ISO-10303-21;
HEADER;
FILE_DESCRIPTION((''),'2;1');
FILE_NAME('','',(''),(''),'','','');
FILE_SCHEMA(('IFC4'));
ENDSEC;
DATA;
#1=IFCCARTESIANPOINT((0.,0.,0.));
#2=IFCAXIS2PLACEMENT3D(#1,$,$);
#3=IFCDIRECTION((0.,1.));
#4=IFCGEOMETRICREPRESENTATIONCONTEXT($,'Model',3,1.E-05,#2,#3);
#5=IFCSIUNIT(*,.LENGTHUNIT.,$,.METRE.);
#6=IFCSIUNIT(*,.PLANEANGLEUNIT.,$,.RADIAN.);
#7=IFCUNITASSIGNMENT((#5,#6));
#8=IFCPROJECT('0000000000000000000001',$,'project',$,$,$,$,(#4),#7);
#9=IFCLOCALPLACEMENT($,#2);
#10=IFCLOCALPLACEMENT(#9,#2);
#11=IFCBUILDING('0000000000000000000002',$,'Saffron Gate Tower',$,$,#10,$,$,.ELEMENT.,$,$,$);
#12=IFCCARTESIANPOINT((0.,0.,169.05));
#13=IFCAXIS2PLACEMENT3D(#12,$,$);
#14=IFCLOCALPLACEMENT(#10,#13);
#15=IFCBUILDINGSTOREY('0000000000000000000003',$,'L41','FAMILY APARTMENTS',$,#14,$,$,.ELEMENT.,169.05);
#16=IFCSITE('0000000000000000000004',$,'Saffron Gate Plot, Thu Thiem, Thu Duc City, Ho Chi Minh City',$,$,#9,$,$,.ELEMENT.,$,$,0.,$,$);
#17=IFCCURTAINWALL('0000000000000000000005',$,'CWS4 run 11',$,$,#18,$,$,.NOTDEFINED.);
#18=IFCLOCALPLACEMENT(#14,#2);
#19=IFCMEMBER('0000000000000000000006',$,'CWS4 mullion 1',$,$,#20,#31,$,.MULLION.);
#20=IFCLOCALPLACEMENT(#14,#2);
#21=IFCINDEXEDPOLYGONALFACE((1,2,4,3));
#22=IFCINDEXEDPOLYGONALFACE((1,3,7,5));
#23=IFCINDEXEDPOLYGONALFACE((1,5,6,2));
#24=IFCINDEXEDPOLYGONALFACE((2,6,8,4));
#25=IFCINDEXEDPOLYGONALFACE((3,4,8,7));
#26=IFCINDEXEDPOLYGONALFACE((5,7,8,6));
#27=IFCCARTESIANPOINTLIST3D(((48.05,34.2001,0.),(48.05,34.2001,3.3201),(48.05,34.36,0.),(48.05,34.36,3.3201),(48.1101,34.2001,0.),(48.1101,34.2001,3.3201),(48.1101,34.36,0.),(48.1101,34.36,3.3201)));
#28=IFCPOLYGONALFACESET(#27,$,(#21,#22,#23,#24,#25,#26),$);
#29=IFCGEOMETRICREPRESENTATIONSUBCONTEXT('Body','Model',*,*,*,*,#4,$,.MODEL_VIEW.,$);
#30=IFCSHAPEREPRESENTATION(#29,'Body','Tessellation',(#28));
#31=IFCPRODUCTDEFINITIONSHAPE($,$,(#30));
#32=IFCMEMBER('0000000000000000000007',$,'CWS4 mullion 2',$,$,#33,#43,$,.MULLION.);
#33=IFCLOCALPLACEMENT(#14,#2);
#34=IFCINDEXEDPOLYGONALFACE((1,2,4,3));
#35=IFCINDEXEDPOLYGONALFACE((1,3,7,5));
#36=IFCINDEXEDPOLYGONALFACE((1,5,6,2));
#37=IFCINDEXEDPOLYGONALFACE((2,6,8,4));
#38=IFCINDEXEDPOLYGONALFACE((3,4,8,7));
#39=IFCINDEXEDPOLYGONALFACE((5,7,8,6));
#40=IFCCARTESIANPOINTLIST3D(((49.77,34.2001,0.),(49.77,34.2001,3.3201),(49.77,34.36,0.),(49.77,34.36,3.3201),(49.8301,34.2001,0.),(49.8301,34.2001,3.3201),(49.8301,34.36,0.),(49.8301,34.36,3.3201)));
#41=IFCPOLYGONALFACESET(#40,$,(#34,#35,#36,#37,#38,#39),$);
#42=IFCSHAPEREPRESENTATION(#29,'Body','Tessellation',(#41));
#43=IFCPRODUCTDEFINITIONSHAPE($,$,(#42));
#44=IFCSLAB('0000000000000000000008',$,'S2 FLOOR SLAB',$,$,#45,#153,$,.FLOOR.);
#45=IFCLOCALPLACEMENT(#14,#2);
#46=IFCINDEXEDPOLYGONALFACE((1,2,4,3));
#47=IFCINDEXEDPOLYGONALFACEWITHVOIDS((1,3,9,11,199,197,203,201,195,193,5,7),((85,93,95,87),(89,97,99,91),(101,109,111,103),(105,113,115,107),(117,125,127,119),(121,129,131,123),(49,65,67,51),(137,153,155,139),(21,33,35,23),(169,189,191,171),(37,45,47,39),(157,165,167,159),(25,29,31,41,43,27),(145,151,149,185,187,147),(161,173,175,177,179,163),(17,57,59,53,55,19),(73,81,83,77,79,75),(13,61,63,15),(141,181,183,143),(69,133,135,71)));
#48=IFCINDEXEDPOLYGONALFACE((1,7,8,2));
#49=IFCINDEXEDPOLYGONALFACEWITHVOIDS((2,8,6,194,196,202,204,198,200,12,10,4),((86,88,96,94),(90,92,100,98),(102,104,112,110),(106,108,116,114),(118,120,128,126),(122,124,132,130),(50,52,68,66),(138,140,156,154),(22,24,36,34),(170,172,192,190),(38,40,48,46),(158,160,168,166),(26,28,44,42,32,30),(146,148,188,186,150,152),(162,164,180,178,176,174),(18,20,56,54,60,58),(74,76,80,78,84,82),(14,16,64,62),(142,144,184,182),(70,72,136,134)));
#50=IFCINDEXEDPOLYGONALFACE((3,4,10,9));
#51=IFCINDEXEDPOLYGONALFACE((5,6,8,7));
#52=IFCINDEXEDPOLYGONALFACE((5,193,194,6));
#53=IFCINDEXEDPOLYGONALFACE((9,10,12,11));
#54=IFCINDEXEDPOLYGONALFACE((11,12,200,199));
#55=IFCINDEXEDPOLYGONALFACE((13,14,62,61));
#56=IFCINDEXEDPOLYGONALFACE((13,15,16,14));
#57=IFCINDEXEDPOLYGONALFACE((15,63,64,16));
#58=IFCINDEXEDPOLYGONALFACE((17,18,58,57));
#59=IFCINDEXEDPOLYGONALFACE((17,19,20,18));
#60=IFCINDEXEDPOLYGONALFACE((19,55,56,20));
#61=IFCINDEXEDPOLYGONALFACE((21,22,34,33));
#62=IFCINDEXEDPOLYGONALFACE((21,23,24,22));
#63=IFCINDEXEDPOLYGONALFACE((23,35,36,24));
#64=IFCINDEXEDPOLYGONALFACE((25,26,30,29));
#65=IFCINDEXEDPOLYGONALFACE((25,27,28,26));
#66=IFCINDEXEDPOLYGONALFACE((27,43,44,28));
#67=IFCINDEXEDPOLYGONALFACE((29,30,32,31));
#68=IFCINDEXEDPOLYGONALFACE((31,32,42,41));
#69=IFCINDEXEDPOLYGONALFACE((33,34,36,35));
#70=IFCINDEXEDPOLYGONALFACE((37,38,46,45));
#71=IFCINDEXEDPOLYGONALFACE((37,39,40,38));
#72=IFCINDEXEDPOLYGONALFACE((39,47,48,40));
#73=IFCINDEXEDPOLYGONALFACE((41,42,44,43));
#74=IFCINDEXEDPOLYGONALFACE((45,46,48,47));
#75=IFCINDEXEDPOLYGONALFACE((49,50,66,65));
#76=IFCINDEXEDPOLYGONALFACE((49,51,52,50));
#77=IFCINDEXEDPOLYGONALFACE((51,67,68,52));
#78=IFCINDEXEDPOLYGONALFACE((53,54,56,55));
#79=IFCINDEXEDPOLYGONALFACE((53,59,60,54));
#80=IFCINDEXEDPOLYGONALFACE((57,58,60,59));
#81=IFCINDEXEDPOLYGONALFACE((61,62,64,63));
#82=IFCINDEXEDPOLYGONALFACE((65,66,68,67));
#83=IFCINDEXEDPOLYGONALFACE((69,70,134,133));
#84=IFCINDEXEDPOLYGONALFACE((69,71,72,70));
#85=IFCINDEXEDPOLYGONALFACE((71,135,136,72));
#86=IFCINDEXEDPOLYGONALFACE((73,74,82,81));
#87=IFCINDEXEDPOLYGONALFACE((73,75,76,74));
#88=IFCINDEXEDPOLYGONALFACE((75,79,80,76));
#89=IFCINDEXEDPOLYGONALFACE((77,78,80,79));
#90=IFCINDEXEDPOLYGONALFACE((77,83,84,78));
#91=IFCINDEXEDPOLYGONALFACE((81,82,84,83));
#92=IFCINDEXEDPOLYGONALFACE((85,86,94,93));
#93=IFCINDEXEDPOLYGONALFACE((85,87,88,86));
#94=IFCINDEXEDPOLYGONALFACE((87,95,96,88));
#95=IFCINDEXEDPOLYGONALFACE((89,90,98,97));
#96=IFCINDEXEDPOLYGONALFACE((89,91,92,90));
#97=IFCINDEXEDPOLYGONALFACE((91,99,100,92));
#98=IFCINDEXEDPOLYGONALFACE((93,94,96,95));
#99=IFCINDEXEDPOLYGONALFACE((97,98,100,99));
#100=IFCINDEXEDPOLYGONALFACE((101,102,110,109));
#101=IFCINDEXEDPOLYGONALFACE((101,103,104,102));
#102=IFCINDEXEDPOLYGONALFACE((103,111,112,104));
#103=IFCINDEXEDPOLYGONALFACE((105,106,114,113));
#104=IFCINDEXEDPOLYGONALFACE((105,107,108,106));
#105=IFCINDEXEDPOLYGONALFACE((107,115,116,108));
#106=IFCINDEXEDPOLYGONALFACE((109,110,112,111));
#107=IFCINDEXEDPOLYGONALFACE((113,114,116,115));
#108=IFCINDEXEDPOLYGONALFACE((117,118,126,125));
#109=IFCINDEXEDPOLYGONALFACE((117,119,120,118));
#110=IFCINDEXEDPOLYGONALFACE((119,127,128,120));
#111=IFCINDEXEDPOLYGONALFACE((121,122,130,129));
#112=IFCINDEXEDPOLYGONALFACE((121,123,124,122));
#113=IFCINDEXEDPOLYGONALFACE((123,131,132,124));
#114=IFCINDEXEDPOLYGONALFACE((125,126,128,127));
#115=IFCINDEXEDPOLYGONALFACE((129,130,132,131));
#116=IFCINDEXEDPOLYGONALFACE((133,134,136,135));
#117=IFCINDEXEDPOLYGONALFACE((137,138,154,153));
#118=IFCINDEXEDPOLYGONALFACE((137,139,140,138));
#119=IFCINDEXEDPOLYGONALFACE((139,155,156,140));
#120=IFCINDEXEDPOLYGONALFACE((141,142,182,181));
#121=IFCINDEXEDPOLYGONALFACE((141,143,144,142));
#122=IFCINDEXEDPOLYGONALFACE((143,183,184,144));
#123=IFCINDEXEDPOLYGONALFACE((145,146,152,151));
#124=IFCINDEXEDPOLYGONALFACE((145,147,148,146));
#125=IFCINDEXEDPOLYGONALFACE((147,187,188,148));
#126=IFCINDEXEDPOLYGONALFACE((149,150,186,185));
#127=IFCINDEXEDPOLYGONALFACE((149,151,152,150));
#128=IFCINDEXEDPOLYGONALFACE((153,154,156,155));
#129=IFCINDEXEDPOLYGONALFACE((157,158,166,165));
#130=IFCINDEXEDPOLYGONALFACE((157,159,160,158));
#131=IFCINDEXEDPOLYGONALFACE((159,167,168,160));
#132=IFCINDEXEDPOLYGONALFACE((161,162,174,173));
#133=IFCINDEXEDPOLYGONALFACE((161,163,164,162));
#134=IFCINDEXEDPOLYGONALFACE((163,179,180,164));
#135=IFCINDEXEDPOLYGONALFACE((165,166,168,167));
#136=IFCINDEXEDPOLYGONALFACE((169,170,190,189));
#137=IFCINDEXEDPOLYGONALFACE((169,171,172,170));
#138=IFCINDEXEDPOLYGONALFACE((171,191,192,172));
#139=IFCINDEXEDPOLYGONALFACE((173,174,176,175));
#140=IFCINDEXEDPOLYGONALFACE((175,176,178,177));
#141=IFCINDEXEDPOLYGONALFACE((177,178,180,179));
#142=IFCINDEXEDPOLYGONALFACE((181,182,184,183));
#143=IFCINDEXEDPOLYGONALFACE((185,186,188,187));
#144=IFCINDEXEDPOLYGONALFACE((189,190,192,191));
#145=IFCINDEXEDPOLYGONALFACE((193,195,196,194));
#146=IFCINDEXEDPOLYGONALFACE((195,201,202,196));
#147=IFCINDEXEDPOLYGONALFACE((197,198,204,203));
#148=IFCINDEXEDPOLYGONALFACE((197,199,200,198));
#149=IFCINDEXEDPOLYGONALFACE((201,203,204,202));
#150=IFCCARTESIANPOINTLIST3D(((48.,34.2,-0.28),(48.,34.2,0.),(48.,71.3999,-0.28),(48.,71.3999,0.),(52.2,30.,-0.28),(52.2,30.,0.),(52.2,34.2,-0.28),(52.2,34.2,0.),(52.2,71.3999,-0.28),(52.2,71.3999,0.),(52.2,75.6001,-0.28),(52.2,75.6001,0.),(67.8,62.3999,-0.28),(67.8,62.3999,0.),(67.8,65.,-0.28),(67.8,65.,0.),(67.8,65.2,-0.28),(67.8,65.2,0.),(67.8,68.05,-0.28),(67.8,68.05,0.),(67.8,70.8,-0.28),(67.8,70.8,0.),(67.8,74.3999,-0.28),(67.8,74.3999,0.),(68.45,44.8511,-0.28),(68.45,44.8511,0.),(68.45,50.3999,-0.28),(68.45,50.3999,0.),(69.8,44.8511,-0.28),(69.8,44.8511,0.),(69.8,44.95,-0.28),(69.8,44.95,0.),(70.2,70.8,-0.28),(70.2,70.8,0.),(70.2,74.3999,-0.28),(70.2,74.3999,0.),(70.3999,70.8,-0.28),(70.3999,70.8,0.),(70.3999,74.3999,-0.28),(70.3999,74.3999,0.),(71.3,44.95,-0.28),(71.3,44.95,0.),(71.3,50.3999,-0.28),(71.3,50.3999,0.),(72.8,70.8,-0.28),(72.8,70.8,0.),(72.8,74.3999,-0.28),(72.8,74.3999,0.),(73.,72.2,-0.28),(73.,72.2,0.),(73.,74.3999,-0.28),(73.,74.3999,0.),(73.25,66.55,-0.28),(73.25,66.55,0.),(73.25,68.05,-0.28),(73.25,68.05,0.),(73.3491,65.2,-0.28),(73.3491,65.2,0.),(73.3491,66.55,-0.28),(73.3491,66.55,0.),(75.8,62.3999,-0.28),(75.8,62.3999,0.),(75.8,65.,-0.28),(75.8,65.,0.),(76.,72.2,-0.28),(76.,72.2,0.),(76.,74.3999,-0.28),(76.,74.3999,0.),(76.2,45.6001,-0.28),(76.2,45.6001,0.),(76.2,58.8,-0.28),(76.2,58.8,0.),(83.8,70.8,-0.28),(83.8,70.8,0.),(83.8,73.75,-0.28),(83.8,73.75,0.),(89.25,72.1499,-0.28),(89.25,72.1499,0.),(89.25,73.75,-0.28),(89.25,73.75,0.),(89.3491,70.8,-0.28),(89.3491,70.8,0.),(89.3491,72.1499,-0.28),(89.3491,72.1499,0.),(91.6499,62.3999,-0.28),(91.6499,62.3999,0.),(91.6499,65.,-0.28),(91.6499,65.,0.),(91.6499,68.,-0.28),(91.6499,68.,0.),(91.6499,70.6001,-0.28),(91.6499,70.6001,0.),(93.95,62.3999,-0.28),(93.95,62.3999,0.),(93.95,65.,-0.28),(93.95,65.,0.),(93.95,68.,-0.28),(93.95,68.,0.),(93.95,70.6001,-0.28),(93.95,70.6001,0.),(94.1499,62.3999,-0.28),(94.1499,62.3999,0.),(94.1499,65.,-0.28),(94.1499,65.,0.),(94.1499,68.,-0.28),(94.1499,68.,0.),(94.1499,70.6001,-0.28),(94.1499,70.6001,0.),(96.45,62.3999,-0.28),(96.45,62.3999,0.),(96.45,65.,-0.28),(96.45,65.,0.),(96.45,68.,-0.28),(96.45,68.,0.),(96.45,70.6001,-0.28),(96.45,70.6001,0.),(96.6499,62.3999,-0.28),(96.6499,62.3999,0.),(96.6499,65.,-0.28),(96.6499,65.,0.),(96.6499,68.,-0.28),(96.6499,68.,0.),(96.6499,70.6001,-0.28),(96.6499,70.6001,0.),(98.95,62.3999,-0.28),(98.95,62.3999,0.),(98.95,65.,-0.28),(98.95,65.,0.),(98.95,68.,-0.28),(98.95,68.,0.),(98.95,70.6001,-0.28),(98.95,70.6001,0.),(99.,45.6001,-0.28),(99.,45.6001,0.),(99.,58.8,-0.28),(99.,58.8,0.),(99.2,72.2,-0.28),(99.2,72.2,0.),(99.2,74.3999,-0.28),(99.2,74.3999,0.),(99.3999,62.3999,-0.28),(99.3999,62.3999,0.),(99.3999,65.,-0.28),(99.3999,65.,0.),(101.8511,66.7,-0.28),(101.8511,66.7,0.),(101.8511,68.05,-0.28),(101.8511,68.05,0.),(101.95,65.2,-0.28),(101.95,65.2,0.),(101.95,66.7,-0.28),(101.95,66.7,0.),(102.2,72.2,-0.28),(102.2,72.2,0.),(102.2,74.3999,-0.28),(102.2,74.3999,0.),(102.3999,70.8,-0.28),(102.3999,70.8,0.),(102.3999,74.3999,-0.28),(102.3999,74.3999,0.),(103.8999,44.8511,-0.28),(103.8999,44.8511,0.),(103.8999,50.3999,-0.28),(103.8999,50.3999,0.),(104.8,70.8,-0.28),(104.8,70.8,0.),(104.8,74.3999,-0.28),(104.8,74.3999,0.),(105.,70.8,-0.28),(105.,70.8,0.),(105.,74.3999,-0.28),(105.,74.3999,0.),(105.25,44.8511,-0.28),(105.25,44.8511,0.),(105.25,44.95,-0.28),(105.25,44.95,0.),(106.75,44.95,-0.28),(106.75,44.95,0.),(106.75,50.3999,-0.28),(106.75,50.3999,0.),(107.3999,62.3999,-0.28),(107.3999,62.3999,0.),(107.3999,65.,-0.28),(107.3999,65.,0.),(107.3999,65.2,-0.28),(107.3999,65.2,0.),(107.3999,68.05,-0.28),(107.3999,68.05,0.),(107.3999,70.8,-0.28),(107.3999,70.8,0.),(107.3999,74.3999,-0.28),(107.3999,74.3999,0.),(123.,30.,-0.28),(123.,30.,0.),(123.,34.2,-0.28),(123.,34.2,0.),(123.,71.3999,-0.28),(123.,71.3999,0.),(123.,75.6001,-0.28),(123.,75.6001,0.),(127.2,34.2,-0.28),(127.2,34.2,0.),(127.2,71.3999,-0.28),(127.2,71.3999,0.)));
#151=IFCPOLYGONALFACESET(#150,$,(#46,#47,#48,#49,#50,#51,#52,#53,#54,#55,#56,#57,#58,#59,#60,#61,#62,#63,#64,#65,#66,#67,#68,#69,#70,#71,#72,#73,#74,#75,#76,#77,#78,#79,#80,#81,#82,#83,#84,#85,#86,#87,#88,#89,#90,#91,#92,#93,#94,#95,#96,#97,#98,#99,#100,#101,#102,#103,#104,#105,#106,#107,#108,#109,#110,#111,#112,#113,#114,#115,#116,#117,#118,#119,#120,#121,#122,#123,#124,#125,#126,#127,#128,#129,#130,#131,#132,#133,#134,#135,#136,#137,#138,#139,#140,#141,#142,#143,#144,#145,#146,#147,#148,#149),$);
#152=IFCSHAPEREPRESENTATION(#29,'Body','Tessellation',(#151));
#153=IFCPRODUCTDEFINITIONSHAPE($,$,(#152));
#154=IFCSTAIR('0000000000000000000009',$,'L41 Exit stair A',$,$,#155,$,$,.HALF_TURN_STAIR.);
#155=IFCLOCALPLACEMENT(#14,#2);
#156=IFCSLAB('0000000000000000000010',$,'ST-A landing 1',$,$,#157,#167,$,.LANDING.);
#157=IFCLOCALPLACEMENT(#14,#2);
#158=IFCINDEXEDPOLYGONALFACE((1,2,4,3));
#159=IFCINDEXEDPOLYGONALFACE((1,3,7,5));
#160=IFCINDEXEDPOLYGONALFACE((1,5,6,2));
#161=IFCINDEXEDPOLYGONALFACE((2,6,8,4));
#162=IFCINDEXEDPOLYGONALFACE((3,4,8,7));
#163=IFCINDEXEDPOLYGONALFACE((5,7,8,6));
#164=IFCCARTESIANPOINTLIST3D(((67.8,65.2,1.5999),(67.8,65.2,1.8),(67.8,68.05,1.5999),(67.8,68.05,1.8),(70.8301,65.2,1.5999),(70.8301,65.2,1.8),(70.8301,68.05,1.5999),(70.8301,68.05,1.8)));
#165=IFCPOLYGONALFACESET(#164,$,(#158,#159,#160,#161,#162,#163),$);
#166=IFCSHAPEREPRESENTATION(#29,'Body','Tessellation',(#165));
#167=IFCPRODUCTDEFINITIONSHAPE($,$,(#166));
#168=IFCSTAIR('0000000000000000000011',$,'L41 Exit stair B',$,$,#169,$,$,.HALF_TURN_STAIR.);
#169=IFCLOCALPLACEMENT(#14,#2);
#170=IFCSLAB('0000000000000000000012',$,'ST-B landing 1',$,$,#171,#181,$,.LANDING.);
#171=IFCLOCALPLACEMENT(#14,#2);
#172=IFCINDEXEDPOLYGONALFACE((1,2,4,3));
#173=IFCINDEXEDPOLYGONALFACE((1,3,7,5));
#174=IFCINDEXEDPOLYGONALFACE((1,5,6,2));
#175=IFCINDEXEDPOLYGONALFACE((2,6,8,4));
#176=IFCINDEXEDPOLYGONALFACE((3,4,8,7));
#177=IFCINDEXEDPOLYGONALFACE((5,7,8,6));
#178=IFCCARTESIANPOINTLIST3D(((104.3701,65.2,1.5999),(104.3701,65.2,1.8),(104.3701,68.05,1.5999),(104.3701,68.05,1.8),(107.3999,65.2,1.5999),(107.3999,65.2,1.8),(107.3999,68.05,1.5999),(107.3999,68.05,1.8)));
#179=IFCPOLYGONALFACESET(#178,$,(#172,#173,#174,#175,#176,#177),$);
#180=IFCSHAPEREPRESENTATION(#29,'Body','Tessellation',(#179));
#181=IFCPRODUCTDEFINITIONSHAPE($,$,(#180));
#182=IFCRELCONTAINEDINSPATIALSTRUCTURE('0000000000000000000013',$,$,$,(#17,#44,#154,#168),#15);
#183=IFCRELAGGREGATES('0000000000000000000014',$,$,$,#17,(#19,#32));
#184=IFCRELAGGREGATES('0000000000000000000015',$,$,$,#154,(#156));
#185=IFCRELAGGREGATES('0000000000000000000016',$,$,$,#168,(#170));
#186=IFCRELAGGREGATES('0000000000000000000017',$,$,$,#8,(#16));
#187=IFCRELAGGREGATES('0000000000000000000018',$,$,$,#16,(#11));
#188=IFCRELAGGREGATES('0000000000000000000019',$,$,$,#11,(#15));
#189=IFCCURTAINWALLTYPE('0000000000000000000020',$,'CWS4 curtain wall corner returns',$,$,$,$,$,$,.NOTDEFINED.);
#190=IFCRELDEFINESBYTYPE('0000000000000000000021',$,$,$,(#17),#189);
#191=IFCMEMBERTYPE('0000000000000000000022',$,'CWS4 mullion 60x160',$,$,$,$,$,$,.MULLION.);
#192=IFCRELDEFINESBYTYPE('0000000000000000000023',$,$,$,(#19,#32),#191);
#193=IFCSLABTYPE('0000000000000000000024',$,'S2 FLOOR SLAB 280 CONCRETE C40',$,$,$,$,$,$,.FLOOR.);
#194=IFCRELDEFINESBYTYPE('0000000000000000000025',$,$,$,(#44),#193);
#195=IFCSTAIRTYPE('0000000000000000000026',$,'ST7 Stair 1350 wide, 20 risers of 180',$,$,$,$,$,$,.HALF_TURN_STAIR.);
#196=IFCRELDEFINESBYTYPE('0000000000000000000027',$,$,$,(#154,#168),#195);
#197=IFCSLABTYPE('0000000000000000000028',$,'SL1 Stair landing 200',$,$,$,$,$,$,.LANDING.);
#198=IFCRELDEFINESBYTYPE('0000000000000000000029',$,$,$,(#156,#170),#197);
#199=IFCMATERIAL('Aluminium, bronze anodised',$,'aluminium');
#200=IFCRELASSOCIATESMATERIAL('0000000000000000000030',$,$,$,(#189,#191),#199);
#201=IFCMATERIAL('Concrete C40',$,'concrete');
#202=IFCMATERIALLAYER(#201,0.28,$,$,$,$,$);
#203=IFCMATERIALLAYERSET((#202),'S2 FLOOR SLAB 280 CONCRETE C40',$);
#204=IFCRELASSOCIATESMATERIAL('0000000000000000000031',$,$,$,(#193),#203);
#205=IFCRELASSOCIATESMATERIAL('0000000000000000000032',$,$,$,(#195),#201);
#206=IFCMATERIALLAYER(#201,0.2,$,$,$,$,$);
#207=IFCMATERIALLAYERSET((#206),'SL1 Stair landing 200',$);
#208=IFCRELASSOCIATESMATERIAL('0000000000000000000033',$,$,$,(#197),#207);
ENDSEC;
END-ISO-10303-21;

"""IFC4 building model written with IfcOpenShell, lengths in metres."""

from ifc_helpers import new_model, si_unit, direction, frame, origin, origin_2d, place, context, subcontext, project, spatial, polyline, rectangle, outline, extrude, material, layer, layer_set, material_profile, profile_set, type_object, element, aggregate, save


model = new_model("IFC4")

# Units and contexts
model_context = context("Model", 3, precision=1e-05, world=origin(), true_north=direction((0.0, 1.0)))
body_context = subcontext(model_context, "Body", "Model", "MODEL_VIEW")
ifc_project = project(units=[si_unit("LENGTHUNIT", "METRE"), si_unit("PLANEANGLEUNIT", "RADIAN")], contexts=[model_context])

# Site, building, storey
site_placement = place(None, origin())
site = spatial("IfcSite", under=ifc_project, at=site_placement, Name="Saffron Gate Plot, Thu Thiem, Thu Duc City, Ho Chi Minh City", CompositionType="ELEMENT", RefElevation=0.0)
building_placement = place(site_placement, origin())
building = spatial("IfcBuilding", under=site, at=building_placement, Name="Saffron Gate Tower", CompositionType="ELEMENT")
storey_placement = place(building_placement, frame((0.0, 0.0, 169.05)))
storey = spatial("IfcBuildingStorey", under=building, at=storey_placement, Name="L41", Description="FAMILY APARTMENTS", CompositionType="ELEMENT", Elevation=169.05)

# Curtain wall, members
ifc_material_1 = material(Name="Aluminium, bronze anodised", Category="aluminium")
curtain_wall_type = type_object("IfcCurtainWallType", Name="CWS4 curtain wall corner returns", PredefinedType="NOTDEFINED", material=ifc_material_1)
curtain_wall_placement = place(storey_placement, origin())
curtain_wall = element("IfcCurtainWall", 1, at=curtain_wall_placement, inside=storey, type_object=curtain_wall_type, Name="CWS4 run 11", PredefinedType="NOTDEFINED")
ifc_material_profile = material_profile(ifc_material_1, rectangle(XDim=0.1599, YDim=0.0601, at=origin_2d()))
ifc_profile_set = profile_set([ifc_material_profile], Name="Aluminium, bronze anodised")
member_type = type_object("IfcMemberType", Name="CWS4 mullion 60x160", PredefinedType="MULLION", material=ifc_profile_set)
member_1_placement = place(storey_placement, frame((48.0801, 34.28, 0.0), z_axis=(0.0, 0.0, 1.0), x_axis=(0.0, 1.0, 0.0)))
member_1 = element("IfcMember", 2, at=member_1_placement, type_object=member_type, Name="CWS4 mullion 1", PredefinedType="MULLION", context=body_context, shape_type="SweptSolid", body=[
    extrude(rectangle(XDim=0.1599, YDim=0.0601, at=origin_2d()), origin(), (0.0, 0.0, 1.0), 3.3201),
])
member_2_placement = place(storey_placement, frame((49.8, 34.28, 0.0), z_axis=(0.0, 0.0, 1.0), x_axis=(0.0, 1.0, 0.0)))
member_2 = element("IfcMember", 3, at=member_2_placement, type_object=member_type, Name="CWS4 mullion 2", PredefinedType="MULLION", context=body_context, shape_type="SweptSolid", body=[
    extrude(rectangle(XDim=0.1599, YDim=0.0601, at=origin_2d()), origin(), (0.0, 0.0, 1.0), 3.3201),
])
aggregate(curtain_wall, [member_1, member_2])

# Slab
ifc_material_2 = material(Name="Concrete C40", Category="concrete")
ifc_layer_1 = layer(ifc_material_2, 0.28)
ifc_layer_set_1 = layer_set([ifc_layer_1], Name="S2 FLOOR SLAB 280 CONCRETE C40")
slab_type_1 = type_object("IfcSlabType", Name="S2 FLOOR SLAB 280 CONCRETE C40", PredefinedType="FLOOR", material=ifc_layer_set_1)
slab_1_placement = place(storey_placement, frame((0.0, 0.0, -0.28)))
element("IfcSlab", 4, at=slab_1_placement, inside=storey, type_object=slab_type_1, Name="S2 FLOOR SLAB", PredefinedType="FLOOR", context=body_context, shape_type="SweptSolid", body=[
    extrude(outline(polyline([(48.0, 34.2), (52.2, 34.2), (52.2, 30.0), (123.0, 30.0), (123.0, 34.2), (127.2, 34.2), (127.2, 71.3999), (123.0, 71.3999), (123.0, 75.6001), (52.2, 75.6001), (52.2, 71.3999), (48.0, 71.3999), (48.0, 34.2)]), holes=[polyline([(67.8, 62.3999), (67.8, 65.0), (75.8, 65.0), (75.8, 62.3999), (67.8, 62.3999)]), polyline([(67.8, 65.2), (67.8, 68.05), (73.25, 68.05), (73.25, 66.55), (73.3491, 66.55), (73.3491, 65.2), (67.8, 65.2)]), polyline([(67.8, 70.8), (67.8, 74.3999), (70.2, 74.3999), (70.2, 70.8), (67.8, 70.8)]), polyline([(68.45, 44.8511), (68.45, 50.3999), (71.3, 50.3999), (71.3, 44.95), (69.8, 44.95), (69.8, 44.8511), (68.45, 44.8511)]), polyline([(70.3999, 70.8), (70.3999, 74.3999), (72.8, 74.3999), (72.8, 70.8), (70.3999, 70.8)]), polyline([(73.0, 72.2), (73.0, 74.3999), (76.0, 74.3999), (76.0, 72.2), (73.0, 72.2)]), polyline([(76.2, 45.6001), (76.2, 58.8), (99.0, 58.8), (99.0, 45.6001), (76.2, 45.6001)]), polyline([(83.8, 70.8), (83.8, 73.75), (89.25, 73.75), (89.25, 72.1499), (89.3491, 72.1499), (89.3491, 70.8), (83.8, 70.8)]), polyline([(91.6499, 62.3999), (91.6499, 65.0), (93.95, 65.0), (93.95, 62.3999), (91.6499, 62.3999)]), polyline([(91.6499, 68.0), (91.6499, 70.6001), (93.95, 70.6001), (93.95, 68.0), (91.6499, 68.0)]), polyline([(94.1499, 62.3999), (94.1499, 65.0), (96.45, 65.0), (96.45, 62.3999), (94.1499, 62.3999)]), polyline([(94.1499, 68.0), (94.1499, 70.6001), (96.45, 70.6001), (96.45, 68.0), (94.1499, 68.0)]), polyline([(96.6499, 62.3999), (96.6499, 65.0), (98.95, 65.0), (98.95, 62.3999), (96.6499, 62.3999)]), polyline([(96.6499, 68.0), (96.6499, 70.6001), (98.95, 70.6001), (98.95, 68.0), (96.6499, 68.0)]), polyline([(99.2, 72.2), (99.2, 74.3999), (102.2, 74.3999), (102.2, 72.2), (99.2, 72.2)]), polyline([(99.3999, 62.3999), (99.3999, 65.0), (107.3999, 65.0), (107.3999, 62.3999), (99.3999, 62.3999)]), polyline([(101.8511, 66.7), (101.8511, 68.05), (107.3999, 68.05), (107.3999, 65.2), (101.95, 65.2), (101.95, 66.7), (101.8511, 66.7)]), polyline([(102.3999, 70.8), (102.3999, 74.3999), (104.8, 74.3999), (104.8, 70.8), (102.3999, 70.8)]), polyline([(103.8999, 44.8511), (103.8999, 50.3999), (106.75, 50.3999), (106.75, 44.95), (105.25, 44.95), (105.25, 44.8511), (103.8999, 44.8511)]), polyline([(105.0, 70.8), (105.0, 74.3999), (107.3999, 74.3999), (107.3999, 70.8), (105.0, 70.8)])]), origin(), (0.0, 0.0, 1.0), 0.28),
])

# Stairs, slabs
stair_type = type_object("IfcStairType", Name="ST7 Stair 1350 wide, 20 risers of 180", PredefinedType="HALF_TURN_STAIR", material=ifc_material_2)
stair_1_placement = place(storey_placement, origin())
stair_1 = element("IfcStair", 5, at=stair_1_placement, inside=storey, type_object=stair_type, Name="L41 Exit stair A", PredefinedType="HALF_TURN_STAIR")
ifc_layer_2 = layer(ifc_material_2, 0.2)
ifc_layer_set_2 = layer_set([ifc_layer_2], Name="SL1 Stair landing 200")
slab_type_2 = type_object("IfcSlabType", Name="SL1 Stair landing 200", PredefinedType="LANDING", material=ifc_layer_set_2)
slab_2_placement = place(storey_placement, frame((0.0, 0.0, 1.5999)))
slab_2 = element("IfcSlab", 6, at=slab_2_placement, type_object=slab_type_2, Name="ST-A landing 1", PredefinedType="LANDING", context=body_context, shape_type="SweptSolid", body=[
    extrude(outline(polyline([(70.8301, 68.05), (67.8, 68.05), (67.8, 65.2), (70.8301, 65.2), (70.8301, 68.05)])), origin(), (0.0, 0.0, 1.0), 0.2002),
])
aggregate(stair_1, [slab_2])
stair_2_placement = place(storey_placement, origin())
stair_2 = element("IfcStair", 7, at=stair_2_placement, inside=storey, type_object=stair_type, Name="L41 Exit stair B", PredefinedType="HALF_TURN_STAIR")
slab_3_placement = place(storey_placement, frame((0.0, 0.0, 1.5999)))
slab_3 = element("IfcSlab", 8, at=slab_3_placement, type_object=slab_type_2, Name="ST-B landing 1", PredefinedType="LANDING", context=body_context, shape_type="SweptSolid", body=[
    extrude(outline(polyline([(104.3701, 65.2), (107.3999, 65.2), (107.3999, 68.05), (104.3701, 68.05), (104.3701, 65.2)])), origin(), (0.0, 0.0, 1.0), 0.2002),
])
aggregate(stair_2, [slab_3])

save(model, "model.ifc")
